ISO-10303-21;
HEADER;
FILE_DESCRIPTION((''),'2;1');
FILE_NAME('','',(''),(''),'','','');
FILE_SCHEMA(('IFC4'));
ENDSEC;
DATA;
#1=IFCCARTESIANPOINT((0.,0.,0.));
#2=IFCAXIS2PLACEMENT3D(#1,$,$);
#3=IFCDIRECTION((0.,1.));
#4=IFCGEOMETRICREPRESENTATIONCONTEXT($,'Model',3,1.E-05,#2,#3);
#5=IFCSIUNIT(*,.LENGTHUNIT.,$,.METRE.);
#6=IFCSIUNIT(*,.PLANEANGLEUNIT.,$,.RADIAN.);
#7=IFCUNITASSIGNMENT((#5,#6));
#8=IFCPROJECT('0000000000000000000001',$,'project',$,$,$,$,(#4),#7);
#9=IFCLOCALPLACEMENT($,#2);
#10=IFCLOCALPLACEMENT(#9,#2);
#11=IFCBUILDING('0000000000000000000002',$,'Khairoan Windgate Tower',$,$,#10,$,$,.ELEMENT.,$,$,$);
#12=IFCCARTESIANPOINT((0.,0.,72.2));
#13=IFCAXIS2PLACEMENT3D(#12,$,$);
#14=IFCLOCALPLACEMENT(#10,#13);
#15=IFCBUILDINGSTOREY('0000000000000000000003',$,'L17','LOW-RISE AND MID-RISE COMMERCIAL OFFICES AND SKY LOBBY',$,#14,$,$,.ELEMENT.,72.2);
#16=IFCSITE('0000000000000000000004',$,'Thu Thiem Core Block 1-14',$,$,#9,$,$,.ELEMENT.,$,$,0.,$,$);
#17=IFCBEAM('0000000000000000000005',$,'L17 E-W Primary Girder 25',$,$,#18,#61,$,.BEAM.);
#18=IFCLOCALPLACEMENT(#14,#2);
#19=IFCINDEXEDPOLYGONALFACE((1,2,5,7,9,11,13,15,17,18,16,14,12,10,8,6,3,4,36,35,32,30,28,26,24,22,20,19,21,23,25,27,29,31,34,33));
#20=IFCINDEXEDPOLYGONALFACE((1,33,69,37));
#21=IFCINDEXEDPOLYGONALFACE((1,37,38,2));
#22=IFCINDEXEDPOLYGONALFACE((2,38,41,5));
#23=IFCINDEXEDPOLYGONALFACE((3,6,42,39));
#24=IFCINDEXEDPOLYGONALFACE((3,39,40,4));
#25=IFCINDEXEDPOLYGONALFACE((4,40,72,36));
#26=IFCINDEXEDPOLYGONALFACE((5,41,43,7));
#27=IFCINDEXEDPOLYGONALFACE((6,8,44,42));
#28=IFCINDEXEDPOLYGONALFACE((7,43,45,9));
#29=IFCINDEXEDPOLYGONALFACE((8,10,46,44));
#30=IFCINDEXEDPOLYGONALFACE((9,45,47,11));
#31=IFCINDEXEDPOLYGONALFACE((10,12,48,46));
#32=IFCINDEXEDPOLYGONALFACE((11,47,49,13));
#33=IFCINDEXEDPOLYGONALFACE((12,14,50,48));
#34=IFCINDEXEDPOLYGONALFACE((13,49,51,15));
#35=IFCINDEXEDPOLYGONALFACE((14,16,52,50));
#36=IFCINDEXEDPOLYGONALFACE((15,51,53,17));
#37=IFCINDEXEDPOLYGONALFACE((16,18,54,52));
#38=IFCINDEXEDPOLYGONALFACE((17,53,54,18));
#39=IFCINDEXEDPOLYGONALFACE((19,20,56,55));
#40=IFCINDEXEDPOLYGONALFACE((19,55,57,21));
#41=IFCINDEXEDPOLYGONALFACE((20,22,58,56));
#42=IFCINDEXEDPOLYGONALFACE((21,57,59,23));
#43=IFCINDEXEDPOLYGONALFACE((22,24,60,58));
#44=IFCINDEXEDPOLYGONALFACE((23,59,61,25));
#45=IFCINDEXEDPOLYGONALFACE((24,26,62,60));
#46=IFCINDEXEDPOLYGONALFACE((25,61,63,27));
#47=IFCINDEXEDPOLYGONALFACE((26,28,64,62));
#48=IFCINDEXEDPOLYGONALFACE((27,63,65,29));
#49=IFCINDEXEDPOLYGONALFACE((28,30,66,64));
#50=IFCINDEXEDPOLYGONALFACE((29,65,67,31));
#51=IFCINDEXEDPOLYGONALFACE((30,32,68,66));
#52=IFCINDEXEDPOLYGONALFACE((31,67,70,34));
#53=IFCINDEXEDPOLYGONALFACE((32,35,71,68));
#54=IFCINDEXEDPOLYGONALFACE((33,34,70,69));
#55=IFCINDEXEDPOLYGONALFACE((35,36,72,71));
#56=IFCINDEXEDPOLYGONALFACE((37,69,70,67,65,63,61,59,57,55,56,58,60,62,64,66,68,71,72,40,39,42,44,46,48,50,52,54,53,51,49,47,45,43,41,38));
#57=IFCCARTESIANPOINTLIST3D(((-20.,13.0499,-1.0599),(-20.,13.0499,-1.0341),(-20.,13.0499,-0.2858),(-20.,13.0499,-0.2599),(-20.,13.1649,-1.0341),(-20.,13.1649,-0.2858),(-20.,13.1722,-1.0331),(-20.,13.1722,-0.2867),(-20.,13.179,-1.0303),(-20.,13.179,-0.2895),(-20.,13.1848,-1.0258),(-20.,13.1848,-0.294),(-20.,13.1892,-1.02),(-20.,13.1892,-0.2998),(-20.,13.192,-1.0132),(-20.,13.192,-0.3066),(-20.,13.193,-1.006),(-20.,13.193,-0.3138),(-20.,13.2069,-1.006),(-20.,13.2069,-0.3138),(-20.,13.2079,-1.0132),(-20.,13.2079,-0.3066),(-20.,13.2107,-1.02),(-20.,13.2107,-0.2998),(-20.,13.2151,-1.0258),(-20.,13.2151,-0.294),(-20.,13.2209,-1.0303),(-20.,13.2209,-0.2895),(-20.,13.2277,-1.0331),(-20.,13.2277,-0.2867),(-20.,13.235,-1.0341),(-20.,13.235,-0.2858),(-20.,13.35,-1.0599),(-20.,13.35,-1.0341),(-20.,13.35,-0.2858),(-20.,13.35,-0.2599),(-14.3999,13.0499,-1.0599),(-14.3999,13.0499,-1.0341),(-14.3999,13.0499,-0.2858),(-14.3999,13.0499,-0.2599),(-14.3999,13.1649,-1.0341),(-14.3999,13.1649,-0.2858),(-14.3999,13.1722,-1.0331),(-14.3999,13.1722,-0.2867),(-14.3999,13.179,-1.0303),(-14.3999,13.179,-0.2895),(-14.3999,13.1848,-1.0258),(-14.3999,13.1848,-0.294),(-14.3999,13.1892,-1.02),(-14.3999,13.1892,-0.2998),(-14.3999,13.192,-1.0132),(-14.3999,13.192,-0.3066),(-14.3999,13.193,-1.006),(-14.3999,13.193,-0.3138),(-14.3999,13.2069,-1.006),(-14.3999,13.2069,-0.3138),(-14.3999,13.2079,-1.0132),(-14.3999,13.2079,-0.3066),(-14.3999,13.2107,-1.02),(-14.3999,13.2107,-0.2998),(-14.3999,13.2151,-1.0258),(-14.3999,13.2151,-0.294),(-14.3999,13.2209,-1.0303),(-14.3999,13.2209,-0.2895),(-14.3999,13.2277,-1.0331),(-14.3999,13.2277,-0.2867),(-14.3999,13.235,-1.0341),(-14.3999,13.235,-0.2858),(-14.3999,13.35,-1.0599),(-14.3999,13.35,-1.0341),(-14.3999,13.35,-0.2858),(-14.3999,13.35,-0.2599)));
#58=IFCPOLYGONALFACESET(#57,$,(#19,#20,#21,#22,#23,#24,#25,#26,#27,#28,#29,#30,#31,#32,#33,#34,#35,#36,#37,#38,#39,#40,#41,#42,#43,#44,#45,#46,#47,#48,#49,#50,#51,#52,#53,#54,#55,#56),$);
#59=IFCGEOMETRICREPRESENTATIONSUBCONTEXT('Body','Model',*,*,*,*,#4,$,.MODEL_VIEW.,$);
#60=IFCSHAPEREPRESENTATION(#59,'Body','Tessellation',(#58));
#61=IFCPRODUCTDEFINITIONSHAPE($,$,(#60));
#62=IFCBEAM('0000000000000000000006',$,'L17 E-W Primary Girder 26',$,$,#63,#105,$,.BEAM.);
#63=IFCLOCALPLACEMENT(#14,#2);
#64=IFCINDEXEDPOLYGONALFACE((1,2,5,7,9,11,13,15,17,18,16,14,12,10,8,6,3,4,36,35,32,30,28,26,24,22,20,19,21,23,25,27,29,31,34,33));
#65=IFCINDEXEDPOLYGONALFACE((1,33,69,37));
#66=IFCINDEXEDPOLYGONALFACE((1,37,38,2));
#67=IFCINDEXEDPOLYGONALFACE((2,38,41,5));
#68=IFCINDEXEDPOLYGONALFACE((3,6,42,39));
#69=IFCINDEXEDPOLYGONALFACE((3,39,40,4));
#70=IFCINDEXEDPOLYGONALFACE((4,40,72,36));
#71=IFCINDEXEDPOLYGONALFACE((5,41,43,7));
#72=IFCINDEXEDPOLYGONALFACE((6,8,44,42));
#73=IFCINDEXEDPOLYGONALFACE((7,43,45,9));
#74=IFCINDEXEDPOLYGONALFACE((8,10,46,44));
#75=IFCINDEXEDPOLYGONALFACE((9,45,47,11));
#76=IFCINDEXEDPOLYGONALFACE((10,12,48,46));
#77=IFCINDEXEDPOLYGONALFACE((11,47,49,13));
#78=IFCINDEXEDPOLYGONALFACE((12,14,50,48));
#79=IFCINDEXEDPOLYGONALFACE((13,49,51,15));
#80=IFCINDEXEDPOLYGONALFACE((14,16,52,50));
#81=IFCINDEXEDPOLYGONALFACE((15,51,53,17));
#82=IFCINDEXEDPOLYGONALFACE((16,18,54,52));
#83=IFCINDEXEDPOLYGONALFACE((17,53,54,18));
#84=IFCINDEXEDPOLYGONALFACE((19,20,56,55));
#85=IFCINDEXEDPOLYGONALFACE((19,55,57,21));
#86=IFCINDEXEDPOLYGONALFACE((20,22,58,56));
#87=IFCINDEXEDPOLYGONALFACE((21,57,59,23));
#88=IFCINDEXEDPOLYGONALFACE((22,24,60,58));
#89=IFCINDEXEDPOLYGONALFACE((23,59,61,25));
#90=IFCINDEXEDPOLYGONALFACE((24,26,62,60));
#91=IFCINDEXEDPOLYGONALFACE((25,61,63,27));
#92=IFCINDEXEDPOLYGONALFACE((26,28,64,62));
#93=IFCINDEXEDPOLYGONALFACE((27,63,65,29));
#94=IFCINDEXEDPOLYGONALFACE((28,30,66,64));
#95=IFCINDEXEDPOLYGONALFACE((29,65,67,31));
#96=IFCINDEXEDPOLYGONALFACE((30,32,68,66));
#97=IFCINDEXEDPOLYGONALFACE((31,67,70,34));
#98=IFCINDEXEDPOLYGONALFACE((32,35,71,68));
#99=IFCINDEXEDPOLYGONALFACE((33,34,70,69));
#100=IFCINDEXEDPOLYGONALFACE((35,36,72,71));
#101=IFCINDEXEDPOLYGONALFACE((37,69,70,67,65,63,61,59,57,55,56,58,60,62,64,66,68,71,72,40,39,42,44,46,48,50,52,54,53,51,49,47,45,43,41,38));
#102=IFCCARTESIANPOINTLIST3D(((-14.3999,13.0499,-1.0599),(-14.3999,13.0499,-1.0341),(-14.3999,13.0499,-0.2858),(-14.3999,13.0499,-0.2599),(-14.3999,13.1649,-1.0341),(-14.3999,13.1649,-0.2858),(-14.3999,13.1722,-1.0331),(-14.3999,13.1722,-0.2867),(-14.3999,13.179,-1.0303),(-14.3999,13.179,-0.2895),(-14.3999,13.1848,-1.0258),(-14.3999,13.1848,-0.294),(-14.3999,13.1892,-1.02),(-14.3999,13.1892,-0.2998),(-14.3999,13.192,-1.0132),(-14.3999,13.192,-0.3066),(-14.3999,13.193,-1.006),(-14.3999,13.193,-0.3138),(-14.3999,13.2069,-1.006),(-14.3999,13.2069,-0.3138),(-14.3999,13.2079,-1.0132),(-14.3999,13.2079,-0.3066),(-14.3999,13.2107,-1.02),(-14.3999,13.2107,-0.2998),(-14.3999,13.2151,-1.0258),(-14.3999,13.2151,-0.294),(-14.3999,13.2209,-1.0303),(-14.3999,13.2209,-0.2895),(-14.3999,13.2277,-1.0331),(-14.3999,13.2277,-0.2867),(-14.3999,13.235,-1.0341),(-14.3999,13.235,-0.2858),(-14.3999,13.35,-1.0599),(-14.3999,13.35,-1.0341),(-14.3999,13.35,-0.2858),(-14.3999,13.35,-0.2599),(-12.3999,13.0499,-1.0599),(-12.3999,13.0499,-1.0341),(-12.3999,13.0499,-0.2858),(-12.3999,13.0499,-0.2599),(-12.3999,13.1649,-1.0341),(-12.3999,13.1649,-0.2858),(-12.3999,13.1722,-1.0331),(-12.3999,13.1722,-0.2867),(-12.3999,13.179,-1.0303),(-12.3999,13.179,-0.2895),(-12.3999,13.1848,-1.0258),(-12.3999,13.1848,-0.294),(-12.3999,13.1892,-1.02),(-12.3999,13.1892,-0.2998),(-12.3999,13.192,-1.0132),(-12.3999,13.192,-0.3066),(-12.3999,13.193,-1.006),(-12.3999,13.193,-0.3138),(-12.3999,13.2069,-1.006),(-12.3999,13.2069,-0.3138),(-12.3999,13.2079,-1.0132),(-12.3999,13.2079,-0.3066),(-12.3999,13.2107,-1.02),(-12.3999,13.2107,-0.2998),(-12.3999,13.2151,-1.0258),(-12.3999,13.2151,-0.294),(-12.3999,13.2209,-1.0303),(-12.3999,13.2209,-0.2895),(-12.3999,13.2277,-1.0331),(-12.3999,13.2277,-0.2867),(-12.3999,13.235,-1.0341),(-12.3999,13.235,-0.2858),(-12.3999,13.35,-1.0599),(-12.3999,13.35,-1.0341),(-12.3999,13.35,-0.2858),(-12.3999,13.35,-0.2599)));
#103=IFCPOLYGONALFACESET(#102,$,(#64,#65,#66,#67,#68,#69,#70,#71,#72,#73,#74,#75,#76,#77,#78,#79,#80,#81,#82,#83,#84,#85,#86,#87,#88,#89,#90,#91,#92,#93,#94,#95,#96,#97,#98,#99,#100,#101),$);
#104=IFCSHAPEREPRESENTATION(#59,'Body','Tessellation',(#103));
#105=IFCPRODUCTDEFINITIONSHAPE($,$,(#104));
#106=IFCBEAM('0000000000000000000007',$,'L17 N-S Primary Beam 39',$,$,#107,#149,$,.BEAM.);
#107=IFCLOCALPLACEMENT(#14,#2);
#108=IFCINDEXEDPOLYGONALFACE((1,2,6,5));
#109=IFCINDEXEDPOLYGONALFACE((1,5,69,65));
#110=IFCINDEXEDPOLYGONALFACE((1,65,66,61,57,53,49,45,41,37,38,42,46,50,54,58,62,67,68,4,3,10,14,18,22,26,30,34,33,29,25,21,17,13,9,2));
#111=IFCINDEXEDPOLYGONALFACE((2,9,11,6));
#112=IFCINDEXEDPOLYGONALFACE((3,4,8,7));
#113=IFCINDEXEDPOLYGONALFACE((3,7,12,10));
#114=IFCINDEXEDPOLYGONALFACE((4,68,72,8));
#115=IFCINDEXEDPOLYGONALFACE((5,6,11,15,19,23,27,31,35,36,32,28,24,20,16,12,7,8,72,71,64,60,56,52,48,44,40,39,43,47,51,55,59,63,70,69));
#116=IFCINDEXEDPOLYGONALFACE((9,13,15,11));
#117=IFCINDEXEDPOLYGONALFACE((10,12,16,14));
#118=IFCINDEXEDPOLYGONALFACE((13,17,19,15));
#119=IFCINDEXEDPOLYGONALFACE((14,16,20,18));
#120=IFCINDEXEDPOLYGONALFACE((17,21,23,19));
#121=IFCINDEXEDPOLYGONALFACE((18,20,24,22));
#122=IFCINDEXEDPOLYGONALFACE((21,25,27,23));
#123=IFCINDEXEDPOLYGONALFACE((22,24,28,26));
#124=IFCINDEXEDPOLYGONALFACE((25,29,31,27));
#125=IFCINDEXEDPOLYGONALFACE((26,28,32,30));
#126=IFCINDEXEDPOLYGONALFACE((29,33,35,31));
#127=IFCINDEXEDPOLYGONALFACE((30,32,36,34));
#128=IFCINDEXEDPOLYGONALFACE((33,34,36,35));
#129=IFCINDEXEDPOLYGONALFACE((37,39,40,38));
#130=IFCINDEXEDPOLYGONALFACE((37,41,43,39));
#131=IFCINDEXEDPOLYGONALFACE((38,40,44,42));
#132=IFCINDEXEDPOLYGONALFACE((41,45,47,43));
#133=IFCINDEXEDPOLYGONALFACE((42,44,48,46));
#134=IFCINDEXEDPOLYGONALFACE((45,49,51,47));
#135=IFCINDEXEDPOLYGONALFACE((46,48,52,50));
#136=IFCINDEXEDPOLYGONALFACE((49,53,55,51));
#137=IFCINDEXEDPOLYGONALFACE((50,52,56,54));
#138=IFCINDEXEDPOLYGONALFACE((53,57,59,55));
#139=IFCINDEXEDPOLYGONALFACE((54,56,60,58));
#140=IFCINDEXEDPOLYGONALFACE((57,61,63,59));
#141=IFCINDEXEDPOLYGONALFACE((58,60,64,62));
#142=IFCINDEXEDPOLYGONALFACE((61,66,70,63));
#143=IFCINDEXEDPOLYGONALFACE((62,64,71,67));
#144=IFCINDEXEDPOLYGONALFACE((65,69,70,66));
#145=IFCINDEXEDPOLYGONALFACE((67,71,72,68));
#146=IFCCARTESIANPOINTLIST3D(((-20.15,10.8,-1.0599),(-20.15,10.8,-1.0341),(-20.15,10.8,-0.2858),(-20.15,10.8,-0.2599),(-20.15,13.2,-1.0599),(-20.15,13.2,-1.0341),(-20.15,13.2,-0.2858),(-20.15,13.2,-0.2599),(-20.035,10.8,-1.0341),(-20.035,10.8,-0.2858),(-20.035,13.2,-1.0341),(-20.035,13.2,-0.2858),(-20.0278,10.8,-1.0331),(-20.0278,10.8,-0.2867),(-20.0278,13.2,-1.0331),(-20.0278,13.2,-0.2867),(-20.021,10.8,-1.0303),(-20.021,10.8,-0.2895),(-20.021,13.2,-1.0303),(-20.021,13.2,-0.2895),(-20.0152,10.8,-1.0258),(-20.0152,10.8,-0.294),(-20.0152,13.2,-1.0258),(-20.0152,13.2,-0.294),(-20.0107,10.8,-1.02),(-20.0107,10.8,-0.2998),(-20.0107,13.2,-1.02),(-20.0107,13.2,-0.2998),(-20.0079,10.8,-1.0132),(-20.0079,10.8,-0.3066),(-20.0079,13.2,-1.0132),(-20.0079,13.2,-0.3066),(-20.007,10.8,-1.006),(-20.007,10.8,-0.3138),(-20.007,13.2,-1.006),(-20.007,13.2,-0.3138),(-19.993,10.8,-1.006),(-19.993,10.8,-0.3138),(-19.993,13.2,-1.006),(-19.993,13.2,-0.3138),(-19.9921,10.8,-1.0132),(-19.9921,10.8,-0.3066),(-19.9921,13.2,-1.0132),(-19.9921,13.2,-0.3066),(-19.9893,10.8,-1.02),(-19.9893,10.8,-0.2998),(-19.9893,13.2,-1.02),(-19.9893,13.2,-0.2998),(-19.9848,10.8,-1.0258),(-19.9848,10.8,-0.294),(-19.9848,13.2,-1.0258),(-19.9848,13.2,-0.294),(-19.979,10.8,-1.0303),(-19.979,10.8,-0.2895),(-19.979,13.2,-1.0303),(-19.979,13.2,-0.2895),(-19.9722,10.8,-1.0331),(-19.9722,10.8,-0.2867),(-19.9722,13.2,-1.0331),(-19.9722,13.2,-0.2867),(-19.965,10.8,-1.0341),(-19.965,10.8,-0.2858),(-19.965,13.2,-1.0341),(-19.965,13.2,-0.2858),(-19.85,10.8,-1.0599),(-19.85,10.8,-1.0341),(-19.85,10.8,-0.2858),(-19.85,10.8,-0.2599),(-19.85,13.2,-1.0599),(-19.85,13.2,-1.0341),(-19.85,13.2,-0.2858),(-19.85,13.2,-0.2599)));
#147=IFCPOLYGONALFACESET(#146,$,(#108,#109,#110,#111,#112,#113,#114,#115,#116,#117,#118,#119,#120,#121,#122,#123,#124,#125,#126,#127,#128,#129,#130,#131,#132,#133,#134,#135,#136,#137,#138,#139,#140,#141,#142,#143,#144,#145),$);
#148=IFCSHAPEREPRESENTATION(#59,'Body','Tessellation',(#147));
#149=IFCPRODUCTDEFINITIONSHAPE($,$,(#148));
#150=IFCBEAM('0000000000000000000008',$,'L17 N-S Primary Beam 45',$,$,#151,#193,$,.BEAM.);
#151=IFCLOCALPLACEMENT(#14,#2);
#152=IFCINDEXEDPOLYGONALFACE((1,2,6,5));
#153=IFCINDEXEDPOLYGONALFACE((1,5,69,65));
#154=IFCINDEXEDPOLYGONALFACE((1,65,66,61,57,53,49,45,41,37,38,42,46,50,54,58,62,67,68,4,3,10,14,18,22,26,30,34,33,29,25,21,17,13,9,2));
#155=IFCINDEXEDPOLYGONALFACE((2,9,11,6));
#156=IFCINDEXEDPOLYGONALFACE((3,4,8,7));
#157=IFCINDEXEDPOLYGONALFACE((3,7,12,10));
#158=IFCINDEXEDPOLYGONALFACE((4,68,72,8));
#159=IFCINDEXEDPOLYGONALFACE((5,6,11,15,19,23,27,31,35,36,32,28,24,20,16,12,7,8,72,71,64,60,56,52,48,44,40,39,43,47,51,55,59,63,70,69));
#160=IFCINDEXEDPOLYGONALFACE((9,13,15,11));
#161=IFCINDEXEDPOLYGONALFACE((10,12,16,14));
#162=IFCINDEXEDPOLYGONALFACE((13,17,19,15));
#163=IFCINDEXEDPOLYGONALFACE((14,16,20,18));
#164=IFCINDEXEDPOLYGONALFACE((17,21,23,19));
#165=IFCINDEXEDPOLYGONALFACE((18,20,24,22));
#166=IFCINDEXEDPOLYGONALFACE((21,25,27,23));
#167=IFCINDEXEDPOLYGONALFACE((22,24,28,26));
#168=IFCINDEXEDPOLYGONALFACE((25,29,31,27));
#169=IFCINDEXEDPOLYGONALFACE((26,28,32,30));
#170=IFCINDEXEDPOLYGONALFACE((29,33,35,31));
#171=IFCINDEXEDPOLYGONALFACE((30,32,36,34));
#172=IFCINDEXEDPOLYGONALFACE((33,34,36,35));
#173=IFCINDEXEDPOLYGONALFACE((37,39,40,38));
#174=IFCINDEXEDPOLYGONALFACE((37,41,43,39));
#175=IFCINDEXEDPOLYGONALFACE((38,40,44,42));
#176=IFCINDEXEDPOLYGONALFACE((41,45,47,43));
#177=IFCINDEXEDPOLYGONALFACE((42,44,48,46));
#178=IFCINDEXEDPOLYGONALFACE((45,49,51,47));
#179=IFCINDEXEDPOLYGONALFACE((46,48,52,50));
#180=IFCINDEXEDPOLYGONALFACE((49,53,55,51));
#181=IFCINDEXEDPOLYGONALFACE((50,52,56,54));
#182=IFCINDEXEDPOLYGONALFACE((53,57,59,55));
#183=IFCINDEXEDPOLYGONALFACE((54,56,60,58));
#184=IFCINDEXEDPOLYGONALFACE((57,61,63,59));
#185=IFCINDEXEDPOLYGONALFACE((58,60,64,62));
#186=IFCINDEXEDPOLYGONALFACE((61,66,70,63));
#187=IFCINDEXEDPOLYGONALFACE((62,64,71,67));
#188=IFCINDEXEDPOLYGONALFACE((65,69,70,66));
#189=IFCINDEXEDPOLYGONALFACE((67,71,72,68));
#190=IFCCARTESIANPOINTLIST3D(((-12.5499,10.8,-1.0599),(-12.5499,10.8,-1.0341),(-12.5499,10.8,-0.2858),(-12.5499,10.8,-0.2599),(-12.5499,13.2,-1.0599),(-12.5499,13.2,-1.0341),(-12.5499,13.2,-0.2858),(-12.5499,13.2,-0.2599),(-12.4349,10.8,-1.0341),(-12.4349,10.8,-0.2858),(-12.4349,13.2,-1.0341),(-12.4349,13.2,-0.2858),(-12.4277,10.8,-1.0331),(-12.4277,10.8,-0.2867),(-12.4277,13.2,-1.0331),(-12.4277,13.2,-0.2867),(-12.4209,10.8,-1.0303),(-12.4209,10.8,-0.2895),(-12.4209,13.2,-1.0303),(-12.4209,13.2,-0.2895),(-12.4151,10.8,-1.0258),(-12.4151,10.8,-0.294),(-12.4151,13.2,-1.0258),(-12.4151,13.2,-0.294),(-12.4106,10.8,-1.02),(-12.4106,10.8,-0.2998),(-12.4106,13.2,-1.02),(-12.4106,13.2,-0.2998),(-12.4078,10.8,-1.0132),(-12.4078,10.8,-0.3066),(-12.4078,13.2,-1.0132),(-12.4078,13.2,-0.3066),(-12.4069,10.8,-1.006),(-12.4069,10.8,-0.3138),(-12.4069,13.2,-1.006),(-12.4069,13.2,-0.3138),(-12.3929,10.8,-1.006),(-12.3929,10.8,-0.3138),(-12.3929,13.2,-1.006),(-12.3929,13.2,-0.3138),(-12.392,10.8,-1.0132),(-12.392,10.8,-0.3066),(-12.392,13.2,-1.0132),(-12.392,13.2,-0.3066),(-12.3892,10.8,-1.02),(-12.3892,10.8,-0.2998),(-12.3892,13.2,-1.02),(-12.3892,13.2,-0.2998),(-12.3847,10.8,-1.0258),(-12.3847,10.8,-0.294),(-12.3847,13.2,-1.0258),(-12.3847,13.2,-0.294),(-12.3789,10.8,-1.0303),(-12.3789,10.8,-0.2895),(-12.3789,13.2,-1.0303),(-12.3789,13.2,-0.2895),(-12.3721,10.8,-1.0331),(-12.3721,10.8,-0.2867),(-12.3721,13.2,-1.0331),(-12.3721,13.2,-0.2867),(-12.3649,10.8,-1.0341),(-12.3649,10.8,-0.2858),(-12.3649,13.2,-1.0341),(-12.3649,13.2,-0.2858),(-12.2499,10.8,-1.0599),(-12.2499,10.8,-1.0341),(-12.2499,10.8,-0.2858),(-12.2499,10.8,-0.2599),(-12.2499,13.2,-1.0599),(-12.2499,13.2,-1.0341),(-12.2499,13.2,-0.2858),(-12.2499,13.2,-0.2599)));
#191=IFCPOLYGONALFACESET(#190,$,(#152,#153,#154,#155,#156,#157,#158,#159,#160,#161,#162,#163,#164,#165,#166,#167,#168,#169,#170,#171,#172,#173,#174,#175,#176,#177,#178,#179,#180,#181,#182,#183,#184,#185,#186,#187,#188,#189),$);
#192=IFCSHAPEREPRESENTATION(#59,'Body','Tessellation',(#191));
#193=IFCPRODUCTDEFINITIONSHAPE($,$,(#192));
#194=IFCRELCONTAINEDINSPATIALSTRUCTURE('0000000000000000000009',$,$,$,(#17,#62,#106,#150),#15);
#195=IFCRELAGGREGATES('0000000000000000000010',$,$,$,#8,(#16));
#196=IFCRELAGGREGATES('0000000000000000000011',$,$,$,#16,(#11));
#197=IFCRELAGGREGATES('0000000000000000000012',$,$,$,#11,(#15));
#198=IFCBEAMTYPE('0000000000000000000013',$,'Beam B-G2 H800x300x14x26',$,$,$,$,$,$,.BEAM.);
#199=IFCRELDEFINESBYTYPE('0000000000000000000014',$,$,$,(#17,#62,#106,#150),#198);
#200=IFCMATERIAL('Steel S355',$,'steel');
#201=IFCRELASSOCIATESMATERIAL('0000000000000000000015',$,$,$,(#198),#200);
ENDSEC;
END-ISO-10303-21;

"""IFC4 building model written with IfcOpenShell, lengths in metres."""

from ifc_helpers import new_model, si_unit, direction, frame, origin, origin_2d, place, context, subcontext, project, spatial, i_section, extrude, material, material_profile, profile_set, type_object, element, save


model = new_model("IFC4")

# Units and contexts
model_context = context("Model", 3, precision=1e-05, world=origin(), true_north=direction((0.0, 1.0)))
body_context = subcontext(model_context, "Body", "Model", "MODEL_VIEW")
ifc_project = project(units=[si_unit("LENGTHUNIT", "METRE"), si_unit("PLANEANGLEUNIT", "RADIAN")], contexts=[model_context])

# Site, building, storey
site_placement = place(None, origin())
site = spatial("IfcSite", under=ifc_project, at=site_placement, Name="Thu Thiem Core Block 1-14", CompositionType="ELEMENT", RefElevation=0.0)
building_placement = place(site_placement, origin())
building = spatial("IfcBuilding", under=site, at=building_placement, Name="Khairoan Windgate Tower", CompositionType="ELEMENT")
storey_placement = place(building_placement, frame((0.0, 0.0, 72.2)))
storey = spatial("IfcBuildingStorey", under=building, at=storey_placement, Name="L17", Description="LOW-RISE AND MID-RISE COMMERCIAL OFFICES AND SKY LOBBY", CompositionType="ELEMENT", Elevation=72.2)

# Beams
ifc_material_1 = material(Name="Steel S355", Category="steel")
ifc_material_profile_1 = material_profile(ifc_material_1, i_section(OverallWidth=0.3, OverallDepth=0.8, WebThickness=0.0139, FlangeThickness=0.0259, FilletRadius=0.0281, at=origin_2d()))
ifc_profile_set_1 = profile_set([ifc_material_profile_1], Name="Steel S355")
beam_type = type_object("IfcBeamType", Name="Beam B-G2 H800x300x14x26", PredefinedType="BEAM", material=ifc_profile_set_1)
beam_1_placement = place(storey_placement, frame((-20.0, 13.2, -0.6599), z_axis=(1.0, 0.0, 0.0), x_axis=(0.0, 1.0, 0.0)))
element("IfcBeam", 1, at=beam_1_placement, inside=storey, type_object=beam_type, Name="L17 E-W Primary Girder 25", PredefinedType="BEAM", context=body_context, shape_type="SweptSolid", body=[
    extrude(i_section(OverallWidth=0.3, OverallDepth=0.8, WebThickness=0.0139, FlangeThickness=0.0259, FilletRadius=0.0281, at=origin_2d()), origin(), (0.0, 0.0, 1.0), 5.6001),
])
beam_2_placement = place(storey_placement, frame((-14.3999, 13.2, -0.6599), z_axis=(1.0, 0.0, 0.0), x_axis=(0.0, 1.0, 0.0)))
element("IfcBeam", 2, at=beam_2_placement, inside=storey, type_object=beam_type, Name="L17 E-W Primary Girder 26", PredefinedType="BEAM", context=body_context, shape_type="SweptSolid", body=[
    extrude(i_section(OverallWidth=0.3, OverallDepth=0.8, WebThickness=0.0139, FlangeThickness=0.0259, FilletRadius=0.0281, at=origin_2d()), origin(), (0.0, 0.0, 1.0), 2.0),
])
for number, where, z_axis, x_axis, name in (
    (3, (-20.0, 10.8, -0.6599), (0.0, 1.0, 0.0), (-1.0, 0.0, 0.0), "L17 N-S Primary Beam 39"),
    (4, (-12.3999, 10.8, -0.6599), (0.0, 1.0, 0.0), (-1.0, 0.0, 0.0), "L17 N-S Primary Beam 45"),
):
    element("IfcBeam", number, at=place(storey_placement, frame(where, z_axis=z_axis, x_axis=x_axis)), inside=storey, type_object=beam_type, Name=name, PredefinedType="BEAM", context=body_context, shape_type="SweptSolid", body=[
        extrude(i_section(OverallWidth=0.3, OverallDepth=0.8, WebThickness=0.0139, FlangeThickness=0.0259, FilletRadius=0.0281, at=origin_2d()), origin(), (0.0, 0.0, 1.0), 2.3999),
    ])

save(model, "model.ifc")
